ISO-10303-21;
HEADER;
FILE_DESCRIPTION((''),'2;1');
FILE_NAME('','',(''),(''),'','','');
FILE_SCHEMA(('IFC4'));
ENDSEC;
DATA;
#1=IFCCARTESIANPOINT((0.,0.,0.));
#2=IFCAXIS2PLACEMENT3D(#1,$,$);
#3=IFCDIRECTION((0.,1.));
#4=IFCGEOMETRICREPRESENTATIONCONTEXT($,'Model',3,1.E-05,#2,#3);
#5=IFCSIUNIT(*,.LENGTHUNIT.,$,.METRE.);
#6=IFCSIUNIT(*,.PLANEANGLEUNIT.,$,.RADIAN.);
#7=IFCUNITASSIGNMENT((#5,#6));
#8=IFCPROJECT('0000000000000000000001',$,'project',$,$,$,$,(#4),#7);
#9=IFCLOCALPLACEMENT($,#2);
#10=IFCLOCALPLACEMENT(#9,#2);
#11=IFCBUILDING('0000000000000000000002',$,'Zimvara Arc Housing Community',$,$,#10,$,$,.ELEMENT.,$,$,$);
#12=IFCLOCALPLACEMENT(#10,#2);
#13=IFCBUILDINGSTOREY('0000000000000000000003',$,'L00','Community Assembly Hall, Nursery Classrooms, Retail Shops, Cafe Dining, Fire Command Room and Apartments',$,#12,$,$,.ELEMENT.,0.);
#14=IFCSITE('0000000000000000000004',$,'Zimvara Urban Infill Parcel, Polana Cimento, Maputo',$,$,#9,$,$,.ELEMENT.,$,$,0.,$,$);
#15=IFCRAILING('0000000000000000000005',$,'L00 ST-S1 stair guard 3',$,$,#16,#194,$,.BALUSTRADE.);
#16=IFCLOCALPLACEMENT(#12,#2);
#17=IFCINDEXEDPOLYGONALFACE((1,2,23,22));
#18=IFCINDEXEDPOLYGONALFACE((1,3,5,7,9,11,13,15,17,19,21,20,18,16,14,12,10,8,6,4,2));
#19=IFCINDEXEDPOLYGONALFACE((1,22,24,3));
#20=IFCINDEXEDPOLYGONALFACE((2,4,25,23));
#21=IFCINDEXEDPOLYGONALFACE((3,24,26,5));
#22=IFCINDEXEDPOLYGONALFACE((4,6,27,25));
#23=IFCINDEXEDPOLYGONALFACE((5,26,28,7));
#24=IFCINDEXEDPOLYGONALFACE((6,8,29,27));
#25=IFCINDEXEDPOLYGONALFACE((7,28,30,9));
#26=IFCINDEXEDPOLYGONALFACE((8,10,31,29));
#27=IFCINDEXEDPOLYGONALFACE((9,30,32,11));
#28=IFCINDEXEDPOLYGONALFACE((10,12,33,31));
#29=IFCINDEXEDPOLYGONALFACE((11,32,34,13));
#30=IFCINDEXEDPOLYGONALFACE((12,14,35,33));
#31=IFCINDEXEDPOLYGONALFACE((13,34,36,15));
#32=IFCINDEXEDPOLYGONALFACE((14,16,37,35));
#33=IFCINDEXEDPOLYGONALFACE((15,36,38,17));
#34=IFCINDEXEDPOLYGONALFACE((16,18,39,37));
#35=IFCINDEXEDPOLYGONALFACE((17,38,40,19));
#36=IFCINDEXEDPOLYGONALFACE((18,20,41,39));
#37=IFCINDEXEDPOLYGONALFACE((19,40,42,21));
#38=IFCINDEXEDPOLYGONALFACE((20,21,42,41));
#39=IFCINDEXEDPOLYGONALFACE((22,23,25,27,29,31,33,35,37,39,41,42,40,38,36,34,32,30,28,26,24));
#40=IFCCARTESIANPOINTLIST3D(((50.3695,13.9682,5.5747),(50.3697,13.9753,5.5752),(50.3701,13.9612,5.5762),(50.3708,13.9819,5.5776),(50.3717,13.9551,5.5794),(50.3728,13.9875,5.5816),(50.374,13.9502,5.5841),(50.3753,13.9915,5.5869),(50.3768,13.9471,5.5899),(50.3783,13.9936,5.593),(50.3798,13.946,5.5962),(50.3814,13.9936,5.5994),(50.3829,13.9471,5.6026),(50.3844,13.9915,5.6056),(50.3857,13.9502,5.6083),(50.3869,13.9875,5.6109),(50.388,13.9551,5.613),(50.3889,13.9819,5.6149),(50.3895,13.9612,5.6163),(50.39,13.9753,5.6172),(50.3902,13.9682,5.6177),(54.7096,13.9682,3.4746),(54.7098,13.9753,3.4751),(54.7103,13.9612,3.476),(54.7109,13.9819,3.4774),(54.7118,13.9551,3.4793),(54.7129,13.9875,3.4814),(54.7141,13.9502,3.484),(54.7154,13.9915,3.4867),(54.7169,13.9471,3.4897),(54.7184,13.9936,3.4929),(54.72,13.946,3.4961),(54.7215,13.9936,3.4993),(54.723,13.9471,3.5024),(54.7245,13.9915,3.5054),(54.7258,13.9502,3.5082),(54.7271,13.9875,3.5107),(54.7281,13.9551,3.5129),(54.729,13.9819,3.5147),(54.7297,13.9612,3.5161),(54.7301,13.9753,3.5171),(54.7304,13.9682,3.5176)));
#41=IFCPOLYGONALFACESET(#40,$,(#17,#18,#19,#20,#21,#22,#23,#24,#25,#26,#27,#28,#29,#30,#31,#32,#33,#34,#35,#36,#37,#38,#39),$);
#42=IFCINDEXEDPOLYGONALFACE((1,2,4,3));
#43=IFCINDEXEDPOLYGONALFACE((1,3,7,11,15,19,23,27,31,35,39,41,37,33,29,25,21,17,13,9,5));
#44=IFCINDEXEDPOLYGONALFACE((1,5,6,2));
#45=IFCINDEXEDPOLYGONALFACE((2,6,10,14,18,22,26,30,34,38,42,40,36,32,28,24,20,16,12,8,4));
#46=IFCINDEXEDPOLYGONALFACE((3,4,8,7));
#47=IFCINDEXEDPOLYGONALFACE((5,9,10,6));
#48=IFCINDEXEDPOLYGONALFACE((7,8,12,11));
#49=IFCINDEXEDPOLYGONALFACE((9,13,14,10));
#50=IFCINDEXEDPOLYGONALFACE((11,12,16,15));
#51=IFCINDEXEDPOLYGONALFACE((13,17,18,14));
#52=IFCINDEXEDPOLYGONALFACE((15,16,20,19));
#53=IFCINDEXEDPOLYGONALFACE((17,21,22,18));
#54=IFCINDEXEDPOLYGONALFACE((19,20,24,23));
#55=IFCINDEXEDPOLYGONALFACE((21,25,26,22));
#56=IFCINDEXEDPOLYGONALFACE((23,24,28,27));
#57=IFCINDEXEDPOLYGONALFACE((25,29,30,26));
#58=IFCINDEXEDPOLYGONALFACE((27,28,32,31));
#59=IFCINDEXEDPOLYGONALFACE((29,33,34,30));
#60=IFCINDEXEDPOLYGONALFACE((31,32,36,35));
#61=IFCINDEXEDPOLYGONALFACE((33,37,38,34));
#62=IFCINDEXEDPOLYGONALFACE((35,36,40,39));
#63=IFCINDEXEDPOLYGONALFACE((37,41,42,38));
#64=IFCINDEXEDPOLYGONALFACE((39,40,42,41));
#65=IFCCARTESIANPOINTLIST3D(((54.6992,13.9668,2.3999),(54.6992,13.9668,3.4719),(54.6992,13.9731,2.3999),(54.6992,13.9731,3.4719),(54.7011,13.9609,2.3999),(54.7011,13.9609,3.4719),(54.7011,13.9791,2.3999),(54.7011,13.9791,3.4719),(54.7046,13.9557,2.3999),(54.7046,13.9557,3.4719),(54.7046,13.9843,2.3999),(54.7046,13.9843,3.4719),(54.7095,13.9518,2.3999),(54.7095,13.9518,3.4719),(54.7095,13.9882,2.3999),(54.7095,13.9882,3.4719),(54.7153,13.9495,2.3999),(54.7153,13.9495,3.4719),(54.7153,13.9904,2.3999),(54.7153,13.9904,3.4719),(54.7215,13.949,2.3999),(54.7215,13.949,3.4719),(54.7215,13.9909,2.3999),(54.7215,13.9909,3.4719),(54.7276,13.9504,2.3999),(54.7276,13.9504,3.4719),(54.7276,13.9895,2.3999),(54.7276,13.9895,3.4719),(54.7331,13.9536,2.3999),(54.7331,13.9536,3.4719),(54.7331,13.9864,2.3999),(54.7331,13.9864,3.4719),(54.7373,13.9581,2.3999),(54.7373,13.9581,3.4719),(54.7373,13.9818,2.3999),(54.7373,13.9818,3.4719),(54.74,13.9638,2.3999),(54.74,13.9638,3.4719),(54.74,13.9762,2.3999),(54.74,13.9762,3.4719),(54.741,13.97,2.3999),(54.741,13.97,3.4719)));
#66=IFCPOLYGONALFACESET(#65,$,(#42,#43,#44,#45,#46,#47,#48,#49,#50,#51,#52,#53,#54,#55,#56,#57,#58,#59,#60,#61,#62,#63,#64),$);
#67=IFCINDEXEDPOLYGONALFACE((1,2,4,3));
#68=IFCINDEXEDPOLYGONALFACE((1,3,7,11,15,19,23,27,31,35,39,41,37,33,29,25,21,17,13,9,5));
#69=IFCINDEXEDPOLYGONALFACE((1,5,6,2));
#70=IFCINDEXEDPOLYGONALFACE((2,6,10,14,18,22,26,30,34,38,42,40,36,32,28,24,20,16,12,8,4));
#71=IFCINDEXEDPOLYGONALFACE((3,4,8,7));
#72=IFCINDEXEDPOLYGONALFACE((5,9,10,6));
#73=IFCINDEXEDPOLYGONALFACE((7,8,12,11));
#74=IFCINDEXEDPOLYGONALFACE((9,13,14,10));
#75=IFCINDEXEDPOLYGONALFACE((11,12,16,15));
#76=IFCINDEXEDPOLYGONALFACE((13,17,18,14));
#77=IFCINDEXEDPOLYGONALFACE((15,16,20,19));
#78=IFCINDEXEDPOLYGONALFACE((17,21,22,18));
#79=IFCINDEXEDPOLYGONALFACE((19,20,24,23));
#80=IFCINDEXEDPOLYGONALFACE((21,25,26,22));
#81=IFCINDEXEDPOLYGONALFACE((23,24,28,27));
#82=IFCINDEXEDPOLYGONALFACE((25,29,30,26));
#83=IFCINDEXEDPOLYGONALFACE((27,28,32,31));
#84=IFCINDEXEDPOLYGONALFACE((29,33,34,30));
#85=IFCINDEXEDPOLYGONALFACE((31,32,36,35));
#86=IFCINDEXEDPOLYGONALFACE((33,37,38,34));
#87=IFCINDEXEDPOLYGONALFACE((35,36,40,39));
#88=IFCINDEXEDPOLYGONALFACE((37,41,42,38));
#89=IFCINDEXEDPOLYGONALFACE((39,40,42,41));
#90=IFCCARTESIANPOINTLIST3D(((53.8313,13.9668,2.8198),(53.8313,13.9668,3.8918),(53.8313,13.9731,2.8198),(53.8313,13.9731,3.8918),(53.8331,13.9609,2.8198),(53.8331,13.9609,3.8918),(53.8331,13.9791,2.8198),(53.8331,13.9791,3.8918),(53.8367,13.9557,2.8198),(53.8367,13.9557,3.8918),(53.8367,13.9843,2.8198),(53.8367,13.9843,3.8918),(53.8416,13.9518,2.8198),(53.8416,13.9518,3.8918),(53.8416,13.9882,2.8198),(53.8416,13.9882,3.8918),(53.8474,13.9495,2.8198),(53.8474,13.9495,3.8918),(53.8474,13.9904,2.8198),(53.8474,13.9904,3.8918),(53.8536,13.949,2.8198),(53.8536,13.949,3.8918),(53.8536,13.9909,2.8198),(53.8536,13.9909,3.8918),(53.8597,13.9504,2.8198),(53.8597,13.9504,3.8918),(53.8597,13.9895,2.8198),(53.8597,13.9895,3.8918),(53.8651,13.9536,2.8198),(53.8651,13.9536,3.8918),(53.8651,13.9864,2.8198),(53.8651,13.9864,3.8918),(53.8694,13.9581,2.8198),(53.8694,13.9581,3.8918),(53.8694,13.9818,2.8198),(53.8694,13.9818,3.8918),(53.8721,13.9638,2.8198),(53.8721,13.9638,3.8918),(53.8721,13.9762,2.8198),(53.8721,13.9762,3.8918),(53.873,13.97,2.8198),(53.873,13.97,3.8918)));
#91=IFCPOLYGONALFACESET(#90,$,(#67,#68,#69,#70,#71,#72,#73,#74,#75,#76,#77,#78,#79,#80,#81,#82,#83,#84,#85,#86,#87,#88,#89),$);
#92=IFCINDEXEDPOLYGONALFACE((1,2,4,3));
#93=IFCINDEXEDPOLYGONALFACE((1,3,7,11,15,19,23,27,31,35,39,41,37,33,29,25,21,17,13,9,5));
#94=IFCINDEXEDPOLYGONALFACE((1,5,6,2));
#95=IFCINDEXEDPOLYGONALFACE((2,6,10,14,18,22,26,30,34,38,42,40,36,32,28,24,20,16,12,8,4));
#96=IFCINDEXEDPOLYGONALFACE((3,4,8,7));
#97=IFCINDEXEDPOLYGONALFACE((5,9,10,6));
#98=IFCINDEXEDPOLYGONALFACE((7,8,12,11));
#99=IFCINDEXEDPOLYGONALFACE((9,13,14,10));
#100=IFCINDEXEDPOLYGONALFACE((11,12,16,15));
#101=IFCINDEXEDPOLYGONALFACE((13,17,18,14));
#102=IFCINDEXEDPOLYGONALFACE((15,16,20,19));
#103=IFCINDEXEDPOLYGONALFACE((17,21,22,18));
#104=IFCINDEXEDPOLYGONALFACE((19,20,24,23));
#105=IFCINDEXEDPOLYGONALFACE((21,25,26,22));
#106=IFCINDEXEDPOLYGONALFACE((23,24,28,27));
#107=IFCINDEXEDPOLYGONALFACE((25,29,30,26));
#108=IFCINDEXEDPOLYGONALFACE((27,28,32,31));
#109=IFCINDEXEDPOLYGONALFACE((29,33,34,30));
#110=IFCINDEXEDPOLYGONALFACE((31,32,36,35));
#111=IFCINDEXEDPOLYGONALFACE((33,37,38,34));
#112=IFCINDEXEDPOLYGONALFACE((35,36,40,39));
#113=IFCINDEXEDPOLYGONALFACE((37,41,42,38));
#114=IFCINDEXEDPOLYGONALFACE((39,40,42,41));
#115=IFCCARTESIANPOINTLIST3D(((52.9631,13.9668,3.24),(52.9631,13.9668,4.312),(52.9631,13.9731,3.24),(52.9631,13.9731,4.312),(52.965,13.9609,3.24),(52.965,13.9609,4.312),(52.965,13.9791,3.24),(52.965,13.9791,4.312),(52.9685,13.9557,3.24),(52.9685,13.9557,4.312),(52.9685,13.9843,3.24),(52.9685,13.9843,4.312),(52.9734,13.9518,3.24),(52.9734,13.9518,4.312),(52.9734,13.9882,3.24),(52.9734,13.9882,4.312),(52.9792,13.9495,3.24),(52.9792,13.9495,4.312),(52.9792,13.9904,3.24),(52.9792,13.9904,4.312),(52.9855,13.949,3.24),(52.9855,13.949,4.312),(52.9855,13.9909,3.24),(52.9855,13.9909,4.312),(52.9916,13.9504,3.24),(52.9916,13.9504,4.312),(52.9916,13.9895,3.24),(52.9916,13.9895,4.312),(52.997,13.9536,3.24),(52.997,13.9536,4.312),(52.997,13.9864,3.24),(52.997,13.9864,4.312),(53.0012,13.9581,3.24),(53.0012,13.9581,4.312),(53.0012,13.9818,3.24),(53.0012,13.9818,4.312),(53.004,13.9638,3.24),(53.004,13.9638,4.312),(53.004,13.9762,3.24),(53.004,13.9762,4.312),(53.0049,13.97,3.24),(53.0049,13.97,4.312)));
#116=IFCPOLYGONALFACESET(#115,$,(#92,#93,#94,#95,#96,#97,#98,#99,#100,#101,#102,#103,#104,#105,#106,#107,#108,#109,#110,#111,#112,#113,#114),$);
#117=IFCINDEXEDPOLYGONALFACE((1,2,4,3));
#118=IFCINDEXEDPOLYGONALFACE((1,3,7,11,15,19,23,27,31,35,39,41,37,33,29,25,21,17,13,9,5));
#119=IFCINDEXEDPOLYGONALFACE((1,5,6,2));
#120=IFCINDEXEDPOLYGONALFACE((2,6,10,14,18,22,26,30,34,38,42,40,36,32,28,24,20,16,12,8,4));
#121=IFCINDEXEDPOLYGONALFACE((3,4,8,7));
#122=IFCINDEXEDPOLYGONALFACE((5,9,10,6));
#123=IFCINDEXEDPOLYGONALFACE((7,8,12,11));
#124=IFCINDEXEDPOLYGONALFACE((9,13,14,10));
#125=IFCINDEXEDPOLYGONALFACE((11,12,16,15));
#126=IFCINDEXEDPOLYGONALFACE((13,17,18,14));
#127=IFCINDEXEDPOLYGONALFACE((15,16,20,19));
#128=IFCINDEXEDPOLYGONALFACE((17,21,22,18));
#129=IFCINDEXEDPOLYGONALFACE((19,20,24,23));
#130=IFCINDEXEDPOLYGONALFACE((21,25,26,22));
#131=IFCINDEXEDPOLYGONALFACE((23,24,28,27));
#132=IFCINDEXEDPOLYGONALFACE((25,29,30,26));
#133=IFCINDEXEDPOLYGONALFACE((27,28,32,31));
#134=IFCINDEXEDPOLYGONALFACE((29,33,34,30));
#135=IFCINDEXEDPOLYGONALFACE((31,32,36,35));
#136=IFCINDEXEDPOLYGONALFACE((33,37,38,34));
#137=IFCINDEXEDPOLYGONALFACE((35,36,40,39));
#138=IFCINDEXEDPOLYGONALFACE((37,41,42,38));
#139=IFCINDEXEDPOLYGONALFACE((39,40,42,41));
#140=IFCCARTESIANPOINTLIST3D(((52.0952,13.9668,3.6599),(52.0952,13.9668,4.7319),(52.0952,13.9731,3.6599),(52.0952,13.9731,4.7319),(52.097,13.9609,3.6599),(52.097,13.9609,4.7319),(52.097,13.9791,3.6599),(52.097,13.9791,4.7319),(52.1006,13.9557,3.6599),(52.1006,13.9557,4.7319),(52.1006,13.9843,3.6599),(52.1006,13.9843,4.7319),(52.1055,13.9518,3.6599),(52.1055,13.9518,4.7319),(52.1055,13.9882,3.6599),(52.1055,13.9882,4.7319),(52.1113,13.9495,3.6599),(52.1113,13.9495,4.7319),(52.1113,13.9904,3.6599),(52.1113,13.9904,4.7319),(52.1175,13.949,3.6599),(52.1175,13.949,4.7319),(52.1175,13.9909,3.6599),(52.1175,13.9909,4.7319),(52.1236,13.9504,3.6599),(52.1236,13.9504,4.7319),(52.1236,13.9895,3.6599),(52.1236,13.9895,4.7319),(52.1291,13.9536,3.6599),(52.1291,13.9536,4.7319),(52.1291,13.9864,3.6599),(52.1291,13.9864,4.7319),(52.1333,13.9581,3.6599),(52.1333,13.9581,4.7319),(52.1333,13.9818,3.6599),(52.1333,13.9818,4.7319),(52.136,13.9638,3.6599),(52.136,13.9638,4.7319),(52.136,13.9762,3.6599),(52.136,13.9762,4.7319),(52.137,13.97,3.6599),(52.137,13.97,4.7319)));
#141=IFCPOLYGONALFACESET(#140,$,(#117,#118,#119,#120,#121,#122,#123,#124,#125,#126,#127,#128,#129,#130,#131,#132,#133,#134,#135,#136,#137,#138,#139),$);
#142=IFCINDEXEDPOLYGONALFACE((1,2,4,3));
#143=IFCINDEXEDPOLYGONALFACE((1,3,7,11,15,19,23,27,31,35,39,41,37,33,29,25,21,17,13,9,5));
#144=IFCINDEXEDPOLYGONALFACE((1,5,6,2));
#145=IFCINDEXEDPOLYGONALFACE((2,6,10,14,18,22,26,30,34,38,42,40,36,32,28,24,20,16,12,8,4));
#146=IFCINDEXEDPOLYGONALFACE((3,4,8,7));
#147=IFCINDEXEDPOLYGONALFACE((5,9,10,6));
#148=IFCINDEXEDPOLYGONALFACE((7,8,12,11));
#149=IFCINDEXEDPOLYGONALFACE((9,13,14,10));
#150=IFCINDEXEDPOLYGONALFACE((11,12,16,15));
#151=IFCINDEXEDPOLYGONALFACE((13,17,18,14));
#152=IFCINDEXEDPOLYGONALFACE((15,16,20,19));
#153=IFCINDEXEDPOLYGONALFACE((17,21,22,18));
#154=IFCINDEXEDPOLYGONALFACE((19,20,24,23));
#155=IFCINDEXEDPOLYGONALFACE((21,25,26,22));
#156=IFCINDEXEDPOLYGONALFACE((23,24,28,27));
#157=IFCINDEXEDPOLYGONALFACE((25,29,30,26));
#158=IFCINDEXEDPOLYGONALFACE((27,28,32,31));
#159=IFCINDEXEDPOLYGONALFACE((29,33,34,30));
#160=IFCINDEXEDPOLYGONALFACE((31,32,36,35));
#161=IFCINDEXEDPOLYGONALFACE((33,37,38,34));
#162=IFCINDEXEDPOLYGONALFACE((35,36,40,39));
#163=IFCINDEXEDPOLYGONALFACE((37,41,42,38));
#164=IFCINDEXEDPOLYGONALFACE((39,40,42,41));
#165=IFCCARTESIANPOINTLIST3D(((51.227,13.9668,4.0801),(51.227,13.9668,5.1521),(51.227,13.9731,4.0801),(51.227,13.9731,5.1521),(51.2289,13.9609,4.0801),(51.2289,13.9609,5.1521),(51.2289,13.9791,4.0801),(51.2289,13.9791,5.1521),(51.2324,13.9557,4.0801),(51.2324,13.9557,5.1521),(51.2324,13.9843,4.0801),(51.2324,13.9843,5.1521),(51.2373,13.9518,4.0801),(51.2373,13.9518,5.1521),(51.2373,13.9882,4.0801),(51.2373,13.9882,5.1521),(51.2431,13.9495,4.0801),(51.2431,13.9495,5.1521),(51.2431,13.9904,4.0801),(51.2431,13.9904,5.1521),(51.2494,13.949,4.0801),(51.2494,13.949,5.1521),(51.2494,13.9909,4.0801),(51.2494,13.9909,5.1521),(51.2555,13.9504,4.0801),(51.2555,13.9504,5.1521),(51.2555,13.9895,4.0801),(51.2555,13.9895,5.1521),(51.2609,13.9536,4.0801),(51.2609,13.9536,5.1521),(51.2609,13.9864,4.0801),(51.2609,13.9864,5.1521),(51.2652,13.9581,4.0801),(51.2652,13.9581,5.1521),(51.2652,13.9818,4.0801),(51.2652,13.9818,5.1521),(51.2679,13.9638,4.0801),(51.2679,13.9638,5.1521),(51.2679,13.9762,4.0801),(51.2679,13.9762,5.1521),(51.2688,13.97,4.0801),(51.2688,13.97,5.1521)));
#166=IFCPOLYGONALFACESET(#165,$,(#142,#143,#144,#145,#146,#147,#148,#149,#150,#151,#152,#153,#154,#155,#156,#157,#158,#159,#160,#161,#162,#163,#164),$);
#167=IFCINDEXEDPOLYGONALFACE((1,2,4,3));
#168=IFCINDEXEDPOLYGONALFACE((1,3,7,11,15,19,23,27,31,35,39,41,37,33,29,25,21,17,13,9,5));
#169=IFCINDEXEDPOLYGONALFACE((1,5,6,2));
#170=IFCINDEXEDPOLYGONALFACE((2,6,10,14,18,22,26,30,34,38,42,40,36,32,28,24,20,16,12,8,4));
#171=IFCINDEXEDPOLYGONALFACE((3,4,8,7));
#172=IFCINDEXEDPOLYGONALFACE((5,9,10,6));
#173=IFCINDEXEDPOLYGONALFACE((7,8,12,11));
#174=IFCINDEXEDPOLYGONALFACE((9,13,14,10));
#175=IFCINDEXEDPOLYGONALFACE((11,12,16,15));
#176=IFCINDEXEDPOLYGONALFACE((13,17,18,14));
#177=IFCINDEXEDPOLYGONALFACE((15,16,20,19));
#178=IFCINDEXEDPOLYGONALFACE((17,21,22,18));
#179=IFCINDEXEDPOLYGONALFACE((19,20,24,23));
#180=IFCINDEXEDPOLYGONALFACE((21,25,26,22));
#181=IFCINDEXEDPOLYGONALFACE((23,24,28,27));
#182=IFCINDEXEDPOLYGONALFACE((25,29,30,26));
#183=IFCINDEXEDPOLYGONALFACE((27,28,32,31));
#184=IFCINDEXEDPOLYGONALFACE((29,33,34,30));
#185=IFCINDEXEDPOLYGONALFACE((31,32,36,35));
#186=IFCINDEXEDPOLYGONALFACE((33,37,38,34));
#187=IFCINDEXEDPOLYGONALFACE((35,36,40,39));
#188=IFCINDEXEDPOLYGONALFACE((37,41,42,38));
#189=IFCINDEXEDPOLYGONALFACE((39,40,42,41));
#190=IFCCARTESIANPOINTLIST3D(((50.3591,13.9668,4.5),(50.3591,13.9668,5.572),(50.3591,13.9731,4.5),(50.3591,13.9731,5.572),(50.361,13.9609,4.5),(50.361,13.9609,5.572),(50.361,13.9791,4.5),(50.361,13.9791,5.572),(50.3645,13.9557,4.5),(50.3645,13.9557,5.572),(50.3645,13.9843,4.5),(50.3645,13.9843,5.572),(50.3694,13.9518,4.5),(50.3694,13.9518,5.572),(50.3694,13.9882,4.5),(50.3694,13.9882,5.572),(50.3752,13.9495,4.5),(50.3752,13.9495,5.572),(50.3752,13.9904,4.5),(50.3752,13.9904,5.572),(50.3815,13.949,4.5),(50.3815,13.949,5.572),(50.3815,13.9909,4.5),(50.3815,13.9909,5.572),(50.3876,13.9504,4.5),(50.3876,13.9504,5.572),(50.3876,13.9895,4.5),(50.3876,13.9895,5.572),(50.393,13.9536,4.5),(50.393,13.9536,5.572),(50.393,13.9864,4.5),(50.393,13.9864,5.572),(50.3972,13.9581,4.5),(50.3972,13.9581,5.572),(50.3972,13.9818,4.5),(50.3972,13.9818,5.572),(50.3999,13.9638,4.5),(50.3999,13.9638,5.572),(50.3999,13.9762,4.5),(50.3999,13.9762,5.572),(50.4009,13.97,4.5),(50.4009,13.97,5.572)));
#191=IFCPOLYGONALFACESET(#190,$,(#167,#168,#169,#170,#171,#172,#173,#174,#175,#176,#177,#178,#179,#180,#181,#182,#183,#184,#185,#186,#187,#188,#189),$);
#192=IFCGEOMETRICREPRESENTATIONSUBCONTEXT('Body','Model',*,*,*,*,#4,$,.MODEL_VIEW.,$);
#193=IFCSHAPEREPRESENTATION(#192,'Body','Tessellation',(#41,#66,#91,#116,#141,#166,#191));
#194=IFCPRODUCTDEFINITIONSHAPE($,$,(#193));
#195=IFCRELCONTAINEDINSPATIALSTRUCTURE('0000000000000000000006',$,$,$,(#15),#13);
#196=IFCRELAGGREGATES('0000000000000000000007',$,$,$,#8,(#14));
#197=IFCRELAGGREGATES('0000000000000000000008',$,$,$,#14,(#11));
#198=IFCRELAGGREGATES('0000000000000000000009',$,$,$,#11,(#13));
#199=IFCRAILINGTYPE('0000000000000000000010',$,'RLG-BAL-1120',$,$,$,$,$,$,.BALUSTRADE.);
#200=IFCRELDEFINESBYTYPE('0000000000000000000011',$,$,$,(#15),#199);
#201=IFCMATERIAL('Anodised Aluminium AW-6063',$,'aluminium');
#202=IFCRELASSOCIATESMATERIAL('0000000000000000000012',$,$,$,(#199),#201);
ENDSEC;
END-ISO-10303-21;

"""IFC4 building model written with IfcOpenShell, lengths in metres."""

from ifc_helpers import new_model, si_unit, direction, frame, origin, origin_2d, place, context, subcontext, project, spatial, circle, extrude, material, type_object, element, save


model = new_model("IFC4")

# Units and contexts
model_context = context("Model", 3, precision=1e-05, world=origin(), true_north=direction((0.0, 1.0)))
body_context = subcontext(model_context, "Body", "Model", "MODEL_VIEW")
ifc_project = project(units=[si_unit("LENGTHUNIT", "METRE"), si_unit("PLANEANGLEUNIT", "RADIAN")], contexts=[model_context])

# Site, building, storey
site_placement = place(None, origin())
site = spatial("IfcSite", under=ifc_project, at=site_placement, Name="Zimvara Urban Infill Parcel, Polana Cimento, Maputo", CompositionType="ELEMENT", RefElevation=0.0)
building_placement = place(site_placement, origin())
building = spatial("IfcBuilding", under=site, at=building_placement, Name="Zimvara Arc Housing Community", CompositionType="ELEMENT")
storey_placement = place(building_placement, origin())
storey = spatial("IfcBuildingStorey", under=building, at=storey_placement, Name="L00", Description="Community Assembly Hall, Nursery Classrooms, Retail Shops, Cafe Dining, Fire Command Room and Apartments", CompositionType="ELEMENT", Elevation=0.0)

# Railing
ifc_material_1 = material(Name="Anodised Aluminium AW-6063", Category="aluminium")
railing_type_1 = type_object("IfcRailingType", Name="RLG-BAL-1120", PredefinedType="BALUSTRADE", material=ifc_material_1)
railing_1_placement = place(storey_placement, frame((54.72, 13.97, 2.3999)))
element("IfcRailing", 1, at=railing_1_placement, inside=storey, type_object=railing_type_1, Name="L00 ST-S1 stair guard 3", PredefinedType="BALUSTRADE", context=body_context, shape_type="SweptSolid", body=[
    extrude(circle(Radius=0.0239, at=origin_2d()), frame((0.0, 0.0, 1.0962), z_axis=(-0.900155, 0.0, 0.43557), x_axis=(0.0, -1.0, 0.0)), (0.0, 0.0, 1.0), 4.8215),
    extrude(circle(Radius=0.021, at=origin_2d()), origin(), (0.0, 0.0, 1.0), 1.072),
    extrude(circle(Radius=0.021, at=origin_2d()), frame((-0.8679, 0.0, 0.4199)), (0.0, 0.0, 1.0), 1.072),
    extrude(circle(Radius=0.021, at=origin_2d()), frame((-1.7361, 0.0, 0.8401)), (0.0, 0.0, 1.0), 1.072),
    extrude(circle(Radius=0.021, at=origin_2d()), frame((-2.604, 0.0, 1.26)), (0.0, 0.0, 1.0), 1.072),
    extrude(circle(Radius=0.021, at=origin_2d()), frame((-3.4722, 0.0, 1.6802)), (0.0, 0.0, 1.0), 1.072),
    extrude(circle(Radius=0.021, at=origin_2d()), frame((-4.3401, 0.0, 2.1001)), (0.0, 0.0, 1.0), 1.072),
])

save(model, "model.ifc")
